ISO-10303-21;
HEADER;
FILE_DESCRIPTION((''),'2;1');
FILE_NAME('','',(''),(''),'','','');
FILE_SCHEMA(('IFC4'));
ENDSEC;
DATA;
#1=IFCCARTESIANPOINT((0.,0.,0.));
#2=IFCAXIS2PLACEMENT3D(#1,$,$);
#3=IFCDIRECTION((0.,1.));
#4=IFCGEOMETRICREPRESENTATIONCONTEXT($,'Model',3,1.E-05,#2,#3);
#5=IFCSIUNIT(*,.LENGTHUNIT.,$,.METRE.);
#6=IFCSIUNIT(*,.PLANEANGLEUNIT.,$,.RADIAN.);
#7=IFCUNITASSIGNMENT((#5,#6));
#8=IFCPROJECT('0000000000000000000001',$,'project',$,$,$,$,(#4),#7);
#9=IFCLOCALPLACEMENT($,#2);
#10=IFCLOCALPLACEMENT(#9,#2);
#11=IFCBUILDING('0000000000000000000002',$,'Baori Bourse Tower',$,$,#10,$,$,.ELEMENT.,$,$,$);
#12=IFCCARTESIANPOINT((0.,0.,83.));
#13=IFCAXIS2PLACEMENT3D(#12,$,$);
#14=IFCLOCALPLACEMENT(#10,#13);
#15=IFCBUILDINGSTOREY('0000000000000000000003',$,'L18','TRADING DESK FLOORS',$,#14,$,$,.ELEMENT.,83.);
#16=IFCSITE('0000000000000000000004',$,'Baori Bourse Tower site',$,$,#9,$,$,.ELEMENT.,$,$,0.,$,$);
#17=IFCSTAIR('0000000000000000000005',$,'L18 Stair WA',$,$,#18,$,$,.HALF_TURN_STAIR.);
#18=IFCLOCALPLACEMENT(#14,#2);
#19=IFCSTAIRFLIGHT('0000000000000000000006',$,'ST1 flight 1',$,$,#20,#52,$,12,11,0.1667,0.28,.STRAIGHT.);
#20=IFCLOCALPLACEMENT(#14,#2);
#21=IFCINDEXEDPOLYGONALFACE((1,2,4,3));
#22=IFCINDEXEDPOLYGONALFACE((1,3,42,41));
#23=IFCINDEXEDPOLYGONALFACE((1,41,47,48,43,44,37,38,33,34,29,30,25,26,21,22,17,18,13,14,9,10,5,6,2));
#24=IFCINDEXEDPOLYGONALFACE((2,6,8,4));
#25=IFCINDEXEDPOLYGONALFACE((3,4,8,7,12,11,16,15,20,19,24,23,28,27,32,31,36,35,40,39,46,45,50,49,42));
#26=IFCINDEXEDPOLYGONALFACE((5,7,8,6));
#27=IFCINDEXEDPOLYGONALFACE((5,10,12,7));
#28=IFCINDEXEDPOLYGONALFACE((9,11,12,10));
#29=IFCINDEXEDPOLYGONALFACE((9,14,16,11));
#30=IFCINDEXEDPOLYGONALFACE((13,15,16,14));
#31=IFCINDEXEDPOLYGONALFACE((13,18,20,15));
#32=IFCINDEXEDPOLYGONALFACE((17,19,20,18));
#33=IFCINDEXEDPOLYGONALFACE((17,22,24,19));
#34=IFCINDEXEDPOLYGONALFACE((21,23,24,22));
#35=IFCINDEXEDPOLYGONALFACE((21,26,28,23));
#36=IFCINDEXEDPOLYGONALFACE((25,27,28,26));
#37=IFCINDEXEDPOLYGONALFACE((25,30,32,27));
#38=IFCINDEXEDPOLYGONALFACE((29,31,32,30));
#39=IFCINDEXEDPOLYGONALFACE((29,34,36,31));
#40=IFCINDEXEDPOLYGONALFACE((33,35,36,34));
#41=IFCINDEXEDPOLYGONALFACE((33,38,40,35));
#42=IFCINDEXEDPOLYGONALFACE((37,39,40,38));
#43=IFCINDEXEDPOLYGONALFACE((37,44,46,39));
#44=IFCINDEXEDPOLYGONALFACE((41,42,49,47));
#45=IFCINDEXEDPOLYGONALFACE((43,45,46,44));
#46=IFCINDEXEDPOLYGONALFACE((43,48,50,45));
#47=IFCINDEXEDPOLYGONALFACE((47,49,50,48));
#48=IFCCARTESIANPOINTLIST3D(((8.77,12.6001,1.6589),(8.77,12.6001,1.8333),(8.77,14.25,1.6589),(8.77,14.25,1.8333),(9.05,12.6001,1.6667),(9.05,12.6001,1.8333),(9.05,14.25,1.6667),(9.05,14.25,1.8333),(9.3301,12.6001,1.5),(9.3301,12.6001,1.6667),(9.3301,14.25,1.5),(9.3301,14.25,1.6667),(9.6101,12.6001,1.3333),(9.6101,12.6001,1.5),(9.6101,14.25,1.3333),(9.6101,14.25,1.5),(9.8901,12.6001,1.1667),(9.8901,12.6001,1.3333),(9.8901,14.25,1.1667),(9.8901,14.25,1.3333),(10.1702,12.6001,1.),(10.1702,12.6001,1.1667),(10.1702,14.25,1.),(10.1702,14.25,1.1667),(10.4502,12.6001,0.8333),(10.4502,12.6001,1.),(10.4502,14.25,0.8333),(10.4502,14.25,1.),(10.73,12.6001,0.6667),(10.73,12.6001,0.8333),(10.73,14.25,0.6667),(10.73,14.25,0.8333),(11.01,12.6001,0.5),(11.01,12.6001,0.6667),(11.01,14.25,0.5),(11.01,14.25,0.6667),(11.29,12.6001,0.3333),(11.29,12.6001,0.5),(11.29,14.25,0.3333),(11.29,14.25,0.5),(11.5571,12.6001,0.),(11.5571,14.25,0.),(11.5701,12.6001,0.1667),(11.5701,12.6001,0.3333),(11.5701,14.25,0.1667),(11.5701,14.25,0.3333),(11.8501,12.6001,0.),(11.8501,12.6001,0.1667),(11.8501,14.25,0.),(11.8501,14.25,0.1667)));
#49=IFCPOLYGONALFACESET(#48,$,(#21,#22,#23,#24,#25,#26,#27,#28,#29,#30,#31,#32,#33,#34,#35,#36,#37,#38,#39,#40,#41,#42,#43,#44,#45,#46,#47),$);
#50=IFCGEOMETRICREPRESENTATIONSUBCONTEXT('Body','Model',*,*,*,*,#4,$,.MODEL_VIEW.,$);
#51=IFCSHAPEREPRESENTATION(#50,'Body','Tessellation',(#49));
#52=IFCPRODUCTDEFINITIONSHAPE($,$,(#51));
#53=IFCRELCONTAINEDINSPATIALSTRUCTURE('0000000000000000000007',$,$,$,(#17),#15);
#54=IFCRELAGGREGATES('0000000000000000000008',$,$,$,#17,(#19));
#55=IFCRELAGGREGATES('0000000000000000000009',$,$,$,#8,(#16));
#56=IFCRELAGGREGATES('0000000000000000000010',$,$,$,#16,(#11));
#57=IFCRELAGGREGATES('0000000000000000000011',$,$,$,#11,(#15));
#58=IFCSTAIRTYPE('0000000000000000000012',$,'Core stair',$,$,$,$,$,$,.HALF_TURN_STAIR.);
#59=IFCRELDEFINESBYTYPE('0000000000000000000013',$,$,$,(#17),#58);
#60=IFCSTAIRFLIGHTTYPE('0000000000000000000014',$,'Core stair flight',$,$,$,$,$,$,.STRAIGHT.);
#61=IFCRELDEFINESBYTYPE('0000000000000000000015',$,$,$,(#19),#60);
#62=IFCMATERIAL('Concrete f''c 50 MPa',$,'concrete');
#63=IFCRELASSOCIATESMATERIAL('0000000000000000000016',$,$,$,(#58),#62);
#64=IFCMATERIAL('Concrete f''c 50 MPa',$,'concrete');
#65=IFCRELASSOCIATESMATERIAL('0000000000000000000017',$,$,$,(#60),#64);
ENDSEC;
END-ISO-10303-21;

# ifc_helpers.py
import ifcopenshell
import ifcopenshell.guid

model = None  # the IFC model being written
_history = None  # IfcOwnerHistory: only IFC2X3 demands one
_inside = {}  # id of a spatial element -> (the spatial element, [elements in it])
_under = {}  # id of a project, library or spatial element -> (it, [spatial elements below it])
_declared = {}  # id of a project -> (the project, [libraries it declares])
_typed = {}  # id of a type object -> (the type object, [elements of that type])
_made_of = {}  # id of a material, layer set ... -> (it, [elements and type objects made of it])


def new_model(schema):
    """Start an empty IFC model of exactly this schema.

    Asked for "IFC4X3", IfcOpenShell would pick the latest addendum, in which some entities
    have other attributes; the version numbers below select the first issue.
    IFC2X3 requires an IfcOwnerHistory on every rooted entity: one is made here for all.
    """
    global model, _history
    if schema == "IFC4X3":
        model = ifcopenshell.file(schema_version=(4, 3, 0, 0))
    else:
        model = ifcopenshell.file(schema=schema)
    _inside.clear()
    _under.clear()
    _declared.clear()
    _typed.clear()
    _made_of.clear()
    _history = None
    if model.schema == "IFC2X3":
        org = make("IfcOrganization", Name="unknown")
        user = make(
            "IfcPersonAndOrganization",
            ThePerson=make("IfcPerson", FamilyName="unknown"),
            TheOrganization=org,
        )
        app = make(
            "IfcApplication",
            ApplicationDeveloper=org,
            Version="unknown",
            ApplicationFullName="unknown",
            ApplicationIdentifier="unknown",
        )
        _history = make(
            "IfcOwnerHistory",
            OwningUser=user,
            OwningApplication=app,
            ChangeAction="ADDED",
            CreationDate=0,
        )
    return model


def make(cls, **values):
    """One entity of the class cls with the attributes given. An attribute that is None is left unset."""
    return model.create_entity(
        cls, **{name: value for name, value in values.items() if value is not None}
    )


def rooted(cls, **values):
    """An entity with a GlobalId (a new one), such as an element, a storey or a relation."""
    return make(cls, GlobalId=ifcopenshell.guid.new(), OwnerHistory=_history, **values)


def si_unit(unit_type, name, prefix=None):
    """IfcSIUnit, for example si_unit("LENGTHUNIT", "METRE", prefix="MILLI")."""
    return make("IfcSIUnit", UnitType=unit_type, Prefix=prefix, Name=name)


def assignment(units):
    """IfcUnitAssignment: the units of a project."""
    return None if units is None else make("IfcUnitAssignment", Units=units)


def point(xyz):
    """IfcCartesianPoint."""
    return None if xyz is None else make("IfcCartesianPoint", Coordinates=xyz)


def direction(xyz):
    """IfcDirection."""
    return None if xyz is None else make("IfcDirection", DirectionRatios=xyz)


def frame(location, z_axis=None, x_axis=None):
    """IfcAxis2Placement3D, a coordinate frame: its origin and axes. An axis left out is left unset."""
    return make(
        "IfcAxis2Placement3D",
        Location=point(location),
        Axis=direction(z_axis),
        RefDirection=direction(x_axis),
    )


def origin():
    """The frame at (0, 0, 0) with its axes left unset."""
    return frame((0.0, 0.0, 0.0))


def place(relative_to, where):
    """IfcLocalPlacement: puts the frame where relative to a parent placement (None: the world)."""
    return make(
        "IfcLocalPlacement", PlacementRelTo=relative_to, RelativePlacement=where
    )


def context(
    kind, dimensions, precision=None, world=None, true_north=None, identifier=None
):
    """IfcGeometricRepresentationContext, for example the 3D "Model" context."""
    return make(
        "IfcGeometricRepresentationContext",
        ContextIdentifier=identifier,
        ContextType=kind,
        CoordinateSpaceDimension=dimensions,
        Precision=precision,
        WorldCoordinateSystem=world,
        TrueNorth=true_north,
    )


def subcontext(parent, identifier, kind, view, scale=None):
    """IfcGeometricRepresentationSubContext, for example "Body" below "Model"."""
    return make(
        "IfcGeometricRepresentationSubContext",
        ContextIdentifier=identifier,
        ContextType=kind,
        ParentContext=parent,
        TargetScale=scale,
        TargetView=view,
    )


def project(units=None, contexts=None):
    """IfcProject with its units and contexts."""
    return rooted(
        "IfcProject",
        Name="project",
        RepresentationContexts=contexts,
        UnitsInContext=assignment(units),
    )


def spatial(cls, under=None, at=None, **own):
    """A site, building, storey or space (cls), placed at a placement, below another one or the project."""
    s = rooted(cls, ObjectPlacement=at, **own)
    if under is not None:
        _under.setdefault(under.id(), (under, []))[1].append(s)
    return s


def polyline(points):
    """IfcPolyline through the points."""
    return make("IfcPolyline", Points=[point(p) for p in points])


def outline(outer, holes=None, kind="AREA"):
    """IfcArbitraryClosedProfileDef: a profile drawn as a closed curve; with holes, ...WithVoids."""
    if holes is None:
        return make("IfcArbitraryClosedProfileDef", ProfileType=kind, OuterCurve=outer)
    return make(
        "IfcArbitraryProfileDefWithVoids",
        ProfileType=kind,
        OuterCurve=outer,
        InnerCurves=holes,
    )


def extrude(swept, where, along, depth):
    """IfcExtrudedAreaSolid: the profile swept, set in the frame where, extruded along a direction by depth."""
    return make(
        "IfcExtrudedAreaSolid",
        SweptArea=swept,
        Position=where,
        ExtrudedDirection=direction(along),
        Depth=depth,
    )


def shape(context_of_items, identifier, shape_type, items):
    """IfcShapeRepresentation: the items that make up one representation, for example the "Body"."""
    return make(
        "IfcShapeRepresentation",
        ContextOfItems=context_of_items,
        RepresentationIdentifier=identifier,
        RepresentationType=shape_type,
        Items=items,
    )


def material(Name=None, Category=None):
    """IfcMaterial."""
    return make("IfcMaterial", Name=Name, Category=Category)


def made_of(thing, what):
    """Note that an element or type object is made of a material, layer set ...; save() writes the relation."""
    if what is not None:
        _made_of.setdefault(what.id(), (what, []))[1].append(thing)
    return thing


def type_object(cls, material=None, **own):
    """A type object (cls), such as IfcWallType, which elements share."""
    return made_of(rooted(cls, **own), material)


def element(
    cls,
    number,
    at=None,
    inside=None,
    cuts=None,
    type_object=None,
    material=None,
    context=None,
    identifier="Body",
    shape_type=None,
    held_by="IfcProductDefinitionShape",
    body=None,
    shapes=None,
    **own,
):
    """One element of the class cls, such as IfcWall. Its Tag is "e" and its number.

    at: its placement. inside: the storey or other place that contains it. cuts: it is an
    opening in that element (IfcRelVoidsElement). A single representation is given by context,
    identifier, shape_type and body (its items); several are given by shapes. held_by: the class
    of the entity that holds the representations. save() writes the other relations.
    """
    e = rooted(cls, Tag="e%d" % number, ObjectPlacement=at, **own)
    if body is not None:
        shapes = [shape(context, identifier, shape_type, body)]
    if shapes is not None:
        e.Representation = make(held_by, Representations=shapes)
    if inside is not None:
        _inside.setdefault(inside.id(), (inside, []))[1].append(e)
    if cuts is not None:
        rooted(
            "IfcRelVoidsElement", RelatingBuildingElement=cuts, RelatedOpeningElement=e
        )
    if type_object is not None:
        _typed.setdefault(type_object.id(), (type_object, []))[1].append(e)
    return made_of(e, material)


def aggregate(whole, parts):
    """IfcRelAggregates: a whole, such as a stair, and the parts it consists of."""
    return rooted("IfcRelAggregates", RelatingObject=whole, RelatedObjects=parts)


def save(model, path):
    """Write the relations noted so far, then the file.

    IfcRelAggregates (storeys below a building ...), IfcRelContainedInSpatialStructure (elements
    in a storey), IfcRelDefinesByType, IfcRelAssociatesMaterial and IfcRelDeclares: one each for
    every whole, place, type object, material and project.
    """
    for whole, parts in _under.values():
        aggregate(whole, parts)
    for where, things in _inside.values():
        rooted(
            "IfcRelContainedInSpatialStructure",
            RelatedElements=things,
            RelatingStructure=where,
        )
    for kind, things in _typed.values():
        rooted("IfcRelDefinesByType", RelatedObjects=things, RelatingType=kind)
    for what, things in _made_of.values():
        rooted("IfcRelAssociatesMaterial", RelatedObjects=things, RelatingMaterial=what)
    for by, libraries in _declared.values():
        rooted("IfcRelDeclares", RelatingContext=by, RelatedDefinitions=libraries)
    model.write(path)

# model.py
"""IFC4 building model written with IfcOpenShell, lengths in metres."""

from ifc_helpers import new_model, si_unit, direction, frame, origin, place, context, subcontext, project, spatial, polyline, outline, extrude, material, type_object, element, aggregate, save


model = new_model("IFC4")

# Units and contexts
model_context = context("Model", 3, precision=1e-05, world=origin(), true_north=direction((0.0, 1.0)))
body_context = subcontext(model_context, "Body", "Model", "MODEL_VIEW")
ifc_project = project(units=[si_unit("LENGTHUNIT", "METRE"), si_unit("PLANEANGLEUNIT", "RADIAN")], contexts=[model_context])

# Site, building, storey
site_placement = place(None, origin())
site = spatial("IfcSite", under=ifc_project, at=site_placement, Name="Baori Bourse Tower site", CompositionType="ELEMENT", RefElevation=0.0)
building_placement = place(site_placement, origin())
building = spatial("IfcBuilding", under=site, at=building_placement, Name="Baori Bourse Tower", CompositionType="ELEMENT")
storey_placement = place(building_placement, frame((0.0, 0.0, 83.0)))
storey = spatial("IfcBuildingStorey", under=building, at=storey_placement, Name="L18", Description="TRADING DESK FLOORS", CompositionType="ELEMENT", Elevation=83.0)

# Stair, stair flight
ifc_material_1 = material(Name="Concrete f'c 50 MPa", Category="concrete")
stair_type = type_object("IfcStairType", Name="Core stair", PredefinedType="HALF_TURN_STAIR", material=ifc_material_1)
stair_placement = place(storey_placement, origin())
stair = element("IfcStair", 1, at=stair_placement, inside=storey, type_object=stair_type, Name="L18 Stair WA", PredefinedType="HALF_TURN_STAIR")
ifc_material_2 = material(Name="Concrete f'c 50 MPa", Category="concrete")
stair_flight_type = type_object("IfcStairFlightType", Name="Core stair flight", PredefinedType="STRAIGHT", material=ifc_material_2)
stair_flight_placement = place(storey_placement, frame((11.8501, 13.425, 0.0), z_axis=(0.0, 0.0, 1.0), x_axis=(-1.0, 0.0, 0.0)))
stair_flight = element("IfcStairFlight", 2, at=stair_flight_placement, type_object=stair_flight_type, Name="ST1 flight 1", NumberOfRisers=12, NumberOfTreads=11, PredefinedType="STRAIGHT", RiserHeight=0.1667, TreadLength=0.28, context=body_context, shape_type="SweptSolid", body=[
    extrude(outline(polyline([(0.0, 0.0), (0.0, 0.1667), (0.28, 0.1667), (0.28, 0.3333), (0.5601, 0.3333), (0.5601, 0.5), (0.8401, 0.5), (0.8401, 0.6667), (1.1201, 0.6667), (1.1201, 0.8333), (1.3999, 0.8333), (1.3999, 1.0), (1.6799, 1.0), (1.6799, 1.1667), (1.96, 1.1667), (1.96, 1.3333), (2.24, 1.3333), (2.24, 1.5), (2.52, 1.5), (2.52, 1.6667), (2.8, 1.6667), (2.8, 1.8333), (3.0801, 1.8333), (3.0801, 2.0), (3.0801, 1.6589), (0.293, 0.0), (0.0, 0.0)])), frame((0.0, 0.825, 0.0), z_axis=(0.0, -1.0, 0.0), x_axis=(1.0, 0.0, 0.0)), (0.0, 0.0, 1.0), 1.6499),
])
aggregate(stair, [stair_flight])

save(model, "model.ifc")
